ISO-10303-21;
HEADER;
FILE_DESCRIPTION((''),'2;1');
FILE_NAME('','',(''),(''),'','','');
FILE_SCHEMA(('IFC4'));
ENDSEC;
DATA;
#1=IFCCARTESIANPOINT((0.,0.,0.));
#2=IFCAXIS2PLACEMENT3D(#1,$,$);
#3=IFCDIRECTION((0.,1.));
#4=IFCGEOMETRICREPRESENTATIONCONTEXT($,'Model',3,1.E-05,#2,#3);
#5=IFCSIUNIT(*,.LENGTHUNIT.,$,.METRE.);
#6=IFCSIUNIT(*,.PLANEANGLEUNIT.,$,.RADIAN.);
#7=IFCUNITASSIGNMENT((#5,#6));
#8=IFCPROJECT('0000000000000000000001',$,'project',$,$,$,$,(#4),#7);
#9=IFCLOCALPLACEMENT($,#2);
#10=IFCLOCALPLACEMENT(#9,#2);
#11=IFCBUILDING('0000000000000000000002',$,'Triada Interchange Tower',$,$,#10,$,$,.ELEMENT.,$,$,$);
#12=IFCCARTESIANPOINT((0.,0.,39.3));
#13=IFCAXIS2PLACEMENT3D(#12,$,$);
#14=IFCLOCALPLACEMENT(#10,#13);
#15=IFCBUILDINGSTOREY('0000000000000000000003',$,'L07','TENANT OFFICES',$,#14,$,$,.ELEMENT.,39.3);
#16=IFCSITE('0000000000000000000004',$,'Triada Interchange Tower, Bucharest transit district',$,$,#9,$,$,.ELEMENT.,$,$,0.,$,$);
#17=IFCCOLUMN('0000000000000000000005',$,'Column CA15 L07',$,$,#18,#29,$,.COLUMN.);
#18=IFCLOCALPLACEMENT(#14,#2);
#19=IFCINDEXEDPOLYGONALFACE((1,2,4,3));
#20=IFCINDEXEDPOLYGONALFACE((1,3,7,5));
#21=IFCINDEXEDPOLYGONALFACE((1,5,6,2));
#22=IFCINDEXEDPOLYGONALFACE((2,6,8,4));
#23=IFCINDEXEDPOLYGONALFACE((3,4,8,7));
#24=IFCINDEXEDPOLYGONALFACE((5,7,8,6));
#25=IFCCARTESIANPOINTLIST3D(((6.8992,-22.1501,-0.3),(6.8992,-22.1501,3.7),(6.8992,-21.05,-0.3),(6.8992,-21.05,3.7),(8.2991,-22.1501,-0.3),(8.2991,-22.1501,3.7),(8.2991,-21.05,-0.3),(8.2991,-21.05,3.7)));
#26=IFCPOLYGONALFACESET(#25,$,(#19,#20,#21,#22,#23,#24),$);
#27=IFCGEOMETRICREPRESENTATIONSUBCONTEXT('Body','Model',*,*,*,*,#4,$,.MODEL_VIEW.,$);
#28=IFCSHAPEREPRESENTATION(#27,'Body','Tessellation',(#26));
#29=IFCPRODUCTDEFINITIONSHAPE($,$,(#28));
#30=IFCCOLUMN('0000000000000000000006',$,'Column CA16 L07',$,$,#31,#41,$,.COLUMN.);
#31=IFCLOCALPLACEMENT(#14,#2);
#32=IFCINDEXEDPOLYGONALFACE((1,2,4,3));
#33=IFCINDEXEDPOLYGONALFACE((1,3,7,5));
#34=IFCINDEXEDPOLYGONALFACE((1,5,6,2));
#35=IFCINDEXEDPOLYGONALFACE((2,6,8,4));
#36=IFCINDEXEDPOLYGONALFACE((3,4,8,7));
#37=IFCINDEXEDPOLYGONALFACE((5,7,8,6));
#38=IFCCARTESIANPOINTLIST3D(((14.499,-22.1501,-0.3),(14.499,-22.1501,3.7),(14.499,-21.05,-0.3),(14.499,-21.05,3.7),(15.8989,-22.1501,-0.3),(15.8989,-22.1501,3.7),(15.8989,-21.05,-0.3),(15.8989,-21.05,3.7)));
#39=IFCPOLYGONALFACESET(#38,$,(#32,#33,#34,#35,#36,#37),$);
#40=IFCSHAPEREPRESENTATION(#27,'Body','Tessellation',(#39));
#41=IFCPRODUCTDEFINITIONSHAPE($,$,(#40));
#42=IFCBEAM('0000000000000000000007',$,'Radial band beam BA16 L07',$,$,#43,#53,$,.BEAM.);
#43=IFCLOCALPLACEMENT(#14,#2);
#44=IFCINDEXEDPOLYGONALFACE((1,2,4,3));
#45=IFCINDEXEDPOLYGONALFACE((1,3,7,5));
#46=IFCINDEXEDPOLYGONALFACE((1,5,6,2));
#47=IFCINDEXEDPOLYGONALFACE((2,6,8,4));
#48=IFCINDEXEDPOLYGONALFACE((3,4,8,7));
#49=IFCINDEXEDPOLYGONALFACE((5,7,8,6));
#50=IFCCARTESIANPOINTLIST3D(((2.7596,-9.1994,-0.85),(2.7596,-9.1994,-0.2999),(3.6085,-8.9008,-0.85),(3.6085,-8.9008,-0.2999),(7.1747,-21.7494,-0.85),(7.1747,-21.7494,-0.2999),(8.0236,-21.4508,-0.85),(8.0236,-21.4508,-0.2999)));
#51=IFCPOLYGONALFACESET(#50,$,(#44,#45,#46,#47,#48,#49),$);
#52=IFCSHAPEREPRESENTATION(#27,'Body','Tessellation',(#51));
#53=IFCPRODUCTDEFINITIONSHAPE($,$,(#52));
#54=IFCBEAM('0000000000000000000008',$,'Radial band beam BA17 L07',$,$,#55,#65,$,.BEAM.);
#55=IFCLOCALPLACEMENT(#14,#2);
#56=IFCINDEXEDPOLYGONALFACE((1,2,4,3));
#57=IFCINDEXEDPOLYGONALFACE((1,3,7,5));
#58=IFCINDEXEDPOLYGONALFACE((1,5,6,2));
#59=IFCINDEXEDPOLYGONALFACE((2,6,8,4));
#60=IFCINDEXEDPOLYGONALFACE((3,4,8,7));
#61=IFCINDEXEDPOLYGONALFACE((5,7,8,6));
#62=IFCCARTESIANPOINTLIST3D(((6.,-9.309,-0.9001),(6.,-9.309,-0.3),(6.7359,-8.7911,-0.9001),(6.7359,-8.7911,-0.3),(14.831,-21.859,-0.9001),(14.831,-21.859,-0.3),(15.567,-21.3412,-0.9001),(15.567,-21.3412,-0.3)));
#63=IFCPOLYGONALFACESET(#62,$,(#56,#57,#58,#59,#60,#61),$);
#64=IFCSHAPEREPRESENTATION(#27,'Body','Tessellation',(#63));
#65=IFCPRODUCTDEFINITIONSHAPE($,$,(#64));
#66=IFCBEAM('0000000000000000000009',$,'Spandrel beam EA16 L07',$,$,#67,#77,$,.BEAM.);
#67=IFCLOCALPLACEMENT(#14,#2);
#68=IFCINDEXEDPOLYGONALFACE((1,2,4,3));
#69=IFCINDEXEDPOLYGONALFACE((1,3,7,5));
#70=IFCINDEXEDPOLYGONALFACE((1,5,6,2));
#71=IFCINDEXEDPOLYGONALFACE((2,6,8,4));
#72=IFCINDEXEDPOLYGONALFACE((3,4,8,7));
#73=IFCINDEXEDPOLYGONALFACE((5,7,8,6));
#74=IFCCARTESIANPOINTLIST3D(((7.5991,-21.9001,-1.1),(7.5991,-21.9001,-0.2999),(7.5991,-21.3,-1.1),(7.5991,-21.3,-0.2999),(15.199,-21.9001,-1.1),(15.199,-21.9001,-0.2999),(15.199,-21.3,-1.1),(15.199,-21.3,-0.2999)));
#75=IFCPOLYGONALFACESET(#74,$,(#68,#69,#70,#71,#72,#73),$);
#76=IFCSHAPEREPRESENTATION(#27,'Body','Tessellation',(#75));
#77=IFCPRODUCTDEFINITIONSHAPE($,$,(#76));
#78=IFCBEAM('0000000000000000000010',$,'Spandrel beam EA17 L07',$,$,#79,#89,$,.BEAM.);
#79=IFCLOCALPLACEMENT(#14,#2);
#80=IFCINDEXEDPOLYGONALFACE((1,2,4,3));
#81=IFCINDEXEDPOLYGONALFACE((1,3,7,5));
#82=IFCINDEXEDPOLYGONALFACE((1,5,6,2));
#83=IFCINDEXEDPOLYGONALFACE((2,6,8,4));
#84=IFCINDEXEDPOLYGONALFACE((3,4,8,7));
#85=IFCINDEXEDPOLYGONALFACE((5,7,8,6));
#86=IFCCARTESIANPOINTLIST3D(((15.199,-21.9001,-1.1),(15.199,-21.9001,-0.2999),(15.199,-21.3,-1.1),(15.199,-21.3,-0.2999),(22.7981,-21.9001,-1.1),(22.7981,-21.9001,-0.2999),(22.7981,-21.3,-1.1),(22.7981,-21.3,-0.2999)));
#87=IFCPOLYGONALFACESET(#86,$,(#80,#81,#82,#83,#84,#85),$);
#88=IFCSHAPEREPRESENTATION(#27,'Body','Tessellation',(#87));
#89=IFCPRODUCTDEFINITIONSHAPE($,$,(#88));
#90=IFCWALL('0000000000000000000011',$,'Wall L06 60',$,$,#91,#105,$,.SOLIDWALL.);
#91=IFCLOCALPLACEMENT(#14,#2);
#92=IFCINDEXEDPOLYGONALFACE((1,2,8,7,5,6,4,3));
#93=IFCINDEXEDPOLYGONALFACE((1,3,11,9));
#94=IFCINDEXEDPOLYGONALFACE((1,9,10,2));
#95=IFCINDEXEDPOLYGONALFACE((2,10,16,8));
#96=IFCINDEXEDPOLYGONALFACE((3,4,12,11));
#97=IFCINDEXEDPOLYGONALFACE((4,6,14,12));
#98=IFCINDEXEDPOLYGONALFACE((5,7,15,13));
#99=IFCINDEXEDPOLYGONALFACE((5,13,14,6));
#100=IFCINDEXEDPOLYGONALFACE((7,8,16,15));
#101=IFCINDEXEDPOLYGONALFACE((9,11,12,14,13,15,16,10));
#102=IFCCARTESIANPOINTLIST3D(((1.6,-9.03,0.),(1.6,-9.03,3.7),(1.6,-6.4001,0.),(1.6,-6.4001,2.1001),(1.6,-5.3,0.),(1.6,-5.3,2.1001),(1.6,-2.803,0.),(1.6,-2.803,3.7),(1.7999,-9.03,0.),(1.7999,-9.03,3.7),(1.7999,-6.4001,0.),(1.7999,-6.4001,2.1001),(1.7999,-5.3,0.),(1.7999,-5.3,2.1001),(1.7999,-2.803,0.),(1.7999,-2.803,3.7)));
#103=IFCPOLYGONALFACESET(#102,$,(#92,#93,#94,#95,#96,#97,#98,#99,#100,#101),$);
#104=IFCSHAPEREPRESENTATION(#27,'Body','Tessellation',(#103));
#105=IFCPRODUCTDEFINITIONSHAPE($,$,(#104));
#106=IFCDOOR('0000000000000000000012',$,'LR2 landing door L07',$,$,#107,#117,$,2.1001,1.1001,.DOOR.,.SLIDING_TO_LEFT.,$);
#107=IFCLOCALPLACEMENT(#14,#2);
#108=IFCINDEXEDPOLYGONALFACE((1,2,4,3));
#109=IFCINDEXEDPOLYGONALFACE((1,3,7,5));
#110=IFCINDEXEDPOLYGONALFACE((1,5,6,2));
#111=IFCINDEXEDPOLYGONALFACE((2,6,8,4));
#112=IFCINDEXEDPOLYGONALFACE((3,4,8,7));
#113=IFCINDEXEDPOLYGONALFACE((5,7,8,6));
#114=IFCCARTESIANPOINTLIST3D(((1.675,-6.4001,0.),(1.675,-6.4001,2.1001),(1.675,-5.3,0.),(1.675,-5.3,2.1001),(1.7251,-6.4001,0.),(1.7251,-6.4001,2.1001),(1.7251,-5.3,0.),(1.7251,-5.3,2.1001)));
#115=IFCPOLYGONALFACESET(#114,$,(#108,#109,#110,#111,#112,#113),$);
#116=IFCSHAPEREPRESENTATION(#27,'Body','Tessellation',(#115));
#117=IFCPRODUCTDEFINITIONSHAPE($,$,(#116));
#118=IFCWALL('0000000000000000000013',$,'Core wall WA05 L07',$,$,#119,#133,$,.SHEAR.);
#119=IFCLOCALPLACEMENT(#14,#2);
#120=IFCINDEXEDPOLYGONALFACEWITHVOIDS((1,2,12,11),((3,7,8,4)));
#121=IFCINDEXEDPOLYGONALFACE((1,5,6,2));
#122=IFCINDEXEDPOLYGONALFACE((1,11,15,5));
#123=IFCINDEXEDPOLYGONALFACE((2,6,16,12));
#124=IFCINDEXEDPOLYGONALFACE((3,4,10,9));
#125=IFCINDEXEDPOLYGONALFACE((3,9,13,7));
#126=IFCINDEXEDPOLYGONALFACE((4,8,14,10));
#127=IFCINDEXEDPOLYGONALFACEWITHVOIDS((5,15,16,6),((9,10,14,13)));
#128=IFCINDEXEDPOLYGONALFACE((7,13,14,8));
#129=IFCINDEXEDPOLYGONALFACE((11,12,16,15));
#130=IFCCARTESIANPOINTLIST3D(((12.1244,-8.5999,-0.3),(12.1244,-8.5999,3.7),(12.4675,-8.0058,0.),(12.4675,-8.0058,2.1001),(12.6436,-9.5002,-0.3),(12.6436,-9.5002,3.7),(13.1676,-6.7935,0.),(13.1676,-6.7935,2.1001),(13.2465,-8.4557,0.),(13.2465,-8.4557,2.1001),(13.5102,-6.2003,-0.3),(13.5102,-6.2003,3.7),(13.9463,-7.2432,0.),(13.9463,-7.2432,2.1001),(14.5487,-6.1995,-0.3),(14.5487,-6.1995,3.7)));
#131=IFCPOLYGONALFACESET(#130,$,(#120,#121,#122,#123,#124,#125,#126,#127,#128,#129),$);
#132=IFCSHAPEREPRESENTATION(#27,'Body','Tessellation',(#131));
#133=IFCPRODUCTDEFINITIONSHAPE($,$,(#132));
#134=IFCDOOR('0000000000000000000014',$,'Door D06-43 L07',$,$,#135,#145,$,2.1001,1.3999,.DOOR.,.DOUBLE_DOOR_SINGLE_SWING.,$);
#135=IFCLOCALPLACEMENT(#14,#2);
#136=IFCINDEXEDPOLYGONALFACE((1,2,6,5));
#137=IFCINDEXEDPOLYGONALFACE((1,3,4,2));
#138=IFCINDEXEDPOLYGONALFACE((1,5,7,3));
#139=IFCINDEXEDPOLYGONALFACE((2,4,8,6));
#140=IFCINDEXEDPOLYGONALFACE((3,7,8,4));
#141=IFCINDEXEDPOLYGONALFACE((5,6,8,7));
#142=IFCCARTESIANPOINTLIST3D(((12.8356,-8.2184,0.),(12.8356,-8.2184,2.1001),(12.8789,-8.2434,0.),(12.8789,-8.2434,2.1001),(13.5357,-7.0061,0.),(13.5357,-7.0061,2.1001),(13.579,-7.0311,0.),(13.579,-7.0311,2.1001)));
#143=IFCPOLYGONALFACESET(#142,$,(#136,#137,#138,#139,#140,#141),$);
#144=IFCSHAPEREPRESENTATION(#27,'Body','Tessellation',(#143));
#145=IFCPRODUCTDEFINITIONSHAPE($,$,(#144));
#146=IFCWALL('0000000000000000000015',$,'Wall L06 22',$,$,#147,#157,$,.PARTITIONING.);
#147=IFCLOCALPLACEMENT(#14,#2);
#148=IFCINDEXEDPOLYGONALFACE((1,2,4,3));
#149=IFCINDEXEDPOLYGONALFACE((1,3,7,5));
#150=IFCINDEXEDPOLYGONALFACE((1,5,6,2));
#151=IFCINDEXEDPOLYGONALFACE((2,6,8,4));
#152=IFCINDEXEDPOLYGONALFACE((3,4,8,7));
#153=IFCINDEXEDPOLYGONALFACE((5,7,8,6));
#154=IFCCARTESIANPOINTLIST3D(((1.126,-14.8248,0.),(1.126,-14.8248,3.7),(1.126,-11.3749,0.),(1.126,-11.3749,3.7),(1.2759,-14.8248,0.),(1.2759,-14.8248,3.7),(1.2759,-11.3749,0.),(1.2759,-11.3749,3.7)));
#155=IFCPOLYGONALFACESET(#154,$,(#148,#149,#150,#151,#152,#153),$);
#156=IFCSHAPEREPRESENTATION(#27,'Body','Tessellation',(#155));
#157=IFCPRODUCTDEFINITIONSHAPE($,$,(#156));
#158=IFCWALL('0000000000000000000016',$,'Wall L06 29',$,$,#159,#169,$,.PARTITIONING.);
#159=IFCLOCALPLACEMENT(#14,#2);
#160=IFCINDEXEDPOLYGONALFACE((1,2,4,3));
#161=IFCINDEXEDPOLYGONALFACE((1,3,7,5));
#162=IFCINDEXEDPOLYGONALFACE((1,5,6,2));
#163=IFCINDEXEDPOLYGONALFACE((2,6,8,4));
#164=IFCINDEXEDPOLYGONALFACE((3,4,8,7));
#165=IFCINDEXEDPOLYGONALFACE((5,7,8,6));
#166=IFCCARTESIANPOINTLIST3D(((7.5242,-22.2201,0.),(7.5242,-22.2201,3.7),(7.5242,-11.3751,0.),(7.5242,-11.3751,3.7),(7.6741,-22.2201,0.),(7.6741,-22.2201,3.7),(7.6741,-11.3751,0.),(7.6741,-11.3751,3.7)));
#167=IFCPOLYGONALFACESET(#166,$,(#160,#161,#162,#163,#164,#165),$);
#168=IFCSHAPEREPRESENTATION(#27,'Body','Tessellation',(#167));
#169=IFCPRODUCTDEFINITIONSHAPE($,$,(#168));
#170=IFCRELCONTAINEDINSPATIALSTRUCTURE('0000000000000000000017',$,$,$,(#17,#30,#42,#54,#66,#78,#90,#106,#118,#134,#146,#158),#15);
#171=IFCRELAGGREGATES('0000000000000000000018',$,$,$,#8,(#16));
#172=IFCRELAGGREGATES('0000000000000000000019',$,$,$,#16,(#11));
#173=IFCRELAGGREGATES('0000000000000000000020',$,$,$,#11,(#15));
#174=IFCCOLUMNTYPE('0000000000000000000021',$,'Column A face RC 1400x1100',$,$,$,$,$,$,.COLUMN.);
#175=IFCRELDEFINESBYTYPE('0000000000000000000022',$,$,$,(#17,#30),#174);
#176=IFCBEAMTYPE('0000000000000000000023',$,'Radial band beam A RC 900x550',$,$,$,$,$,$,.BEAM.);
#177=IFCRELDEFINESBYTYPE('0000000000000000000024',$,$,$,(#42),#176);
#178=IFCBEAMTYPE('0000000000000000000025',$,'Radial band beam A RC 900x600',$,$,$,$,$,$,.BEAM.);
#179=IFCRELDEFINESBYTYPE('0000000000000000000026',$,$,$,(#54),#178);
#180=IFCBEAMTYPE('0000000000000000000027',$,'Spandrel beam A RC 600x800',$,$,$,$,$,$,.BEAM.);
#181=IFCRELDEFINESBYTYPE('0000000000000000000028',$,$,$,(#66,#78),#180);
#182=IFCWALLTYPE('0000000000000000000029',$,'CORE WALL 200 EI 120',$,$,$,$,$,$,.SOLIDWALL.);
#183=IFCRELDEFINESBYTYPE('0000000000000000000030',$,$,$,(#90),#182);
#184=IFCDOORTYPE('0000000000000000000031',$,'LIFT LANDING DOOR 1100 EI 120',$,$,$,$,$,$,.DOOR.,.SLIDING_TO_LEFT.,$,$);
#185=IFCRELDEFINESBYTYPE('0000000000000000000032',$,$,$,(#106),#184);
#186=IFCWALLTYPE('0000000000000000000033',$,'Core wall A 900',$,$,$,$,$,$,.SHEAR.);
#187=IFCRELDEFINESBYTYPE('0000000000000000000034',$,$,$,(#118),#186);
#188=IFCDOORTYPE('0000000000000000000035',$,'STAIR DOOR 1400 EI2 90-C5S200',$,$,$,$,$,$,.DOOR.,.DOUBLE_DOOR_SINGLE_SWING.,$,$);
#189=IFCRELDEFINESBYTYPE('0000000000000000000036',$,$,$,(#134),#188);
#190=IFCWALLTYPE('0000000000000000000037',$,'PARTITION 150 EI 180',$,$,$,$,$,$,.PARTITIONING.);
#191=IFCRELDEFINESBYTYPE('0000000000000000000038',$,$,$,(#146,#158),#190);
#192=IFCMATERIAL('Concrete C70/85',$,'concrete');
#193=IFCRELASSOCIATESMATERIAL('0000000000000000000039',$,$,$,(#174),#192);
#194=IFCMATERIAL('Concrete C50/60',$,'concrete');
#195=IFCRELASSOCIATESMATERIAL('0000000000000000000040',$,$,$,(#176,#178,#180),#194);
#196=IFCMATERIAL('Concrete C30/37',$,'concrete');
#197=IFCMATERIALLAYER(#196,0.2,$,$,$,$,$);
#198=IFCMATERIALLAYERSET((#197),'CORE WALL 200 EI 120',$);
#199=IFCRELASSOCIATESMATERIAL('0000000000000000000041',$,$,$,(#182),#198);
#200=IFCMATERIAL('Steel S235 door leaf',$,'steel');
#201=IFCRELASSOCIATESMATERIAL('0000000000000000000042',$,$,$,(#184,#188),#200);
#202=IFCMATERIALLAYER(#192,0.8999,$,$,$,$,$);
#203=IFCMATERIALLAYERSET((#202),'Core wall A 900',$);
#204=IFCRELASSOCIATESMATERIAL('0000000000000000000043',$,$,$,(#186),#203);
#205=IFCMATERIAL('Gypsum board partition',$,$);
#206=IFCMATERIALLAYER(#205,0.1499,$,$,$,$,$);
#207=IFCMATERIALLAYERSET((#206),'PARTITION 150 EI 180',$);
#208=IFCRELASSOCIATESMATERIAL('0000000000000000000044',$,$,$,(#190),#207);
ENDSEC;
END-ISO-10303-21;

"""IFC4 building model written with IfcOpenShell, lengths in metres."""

from ifc_helpers import new_model, si_unit, direction, frame, frame_2d, origin, origin_2d, place, context, subcontext, project, spatial, polyline, rectangle, outline, extrude, material, layer, layer_set, material_profile, profile_set, type_object, element, fill, save


model = new_model("IFC4")

# Units and contexts
model_context = context("Model", 3, precision=1e-05, world=origin(), true_north=direction((0.0, 1.0)))
body_context = subcontext(model_context, "Body", "Model", "MODEL_VIEW")
ifc_project = project(units=[si_unit("LENGTHUNIT", "METRE"), si_unit("PLANEANGLEUNIT", "RADIAN")], contexts=[model_context])

# Site, building, storey
site_placement = place(None, origin())
site = spatial("IfcSite", under=ifc_project, at=site_placement, Name="Triada Interchange Tower, Bucharest transit district", CompositionType="ELEMENT", RefElevation=0.0)
building_placement = place(site_placement, origin())
building = spatial("IfcBuilding", under=site, at=building_placement, Name="Triada Interchange Tower", CompositionType="ELEMENT")
storey_placement = place(building_placement, frame((0.0, 0.0, 39.3)))
storey = spatial("IfcBuildingStorey", under=building, at=storey_placement, Name="L07", Description="TENANT OFFICES", CompositionType="ELEMENT", Elevation=39.3)

# Columns
ifc_material_1 = material(Name="Concrete C70/85", Category="concrete")
ifc_material_profile_1 = material_profile(ifc_material_1, rectangle(XDim=1.3999, YDim=1.1001, at=origin_2d()), Name="RC 1400x1100")
ifc_profile_set_1 = profile_set([ifc_material_profile_1], Name="Concrete C70/85")
column_type = type_object("IfcColumnType", Name="Column A face RC 1400x1100", PredefinedType="COLUMN", material=ifc_profile_set_1)
for number, where, z_axis, x_axis, name in (
    (1, (7.5991, -21.6001, -0.3), (0.0, 0.0, 1.0), (1.0, 0.0, 0.0), "Column CA15 L07"),
    (2, (15.199, -21.6001, -0.3), (0.0, 0.0, 1.0), (1.0, 0.0, 0.0), "Column CA16 L07"),
):
    element("IfcColumn", number, at=place(storey_placement, frame(where, z_axis=z_axis, x_axis=x_axis)), inside=storey, type_object=column_type, Name=name, PredefinedType="COLUMN", context=body_context, shape_type="SweptSolid", body=[
        extrude(rectangle(XDim=1.3999, YDim=1.1001, at=origin_2d()), origin(), (0.0, 0.0, 1.0), 4.0),
    ])

# Beams
ifc_material_2 = material(Name="Concrete C50/60", Category="concrete")
ifc_material_profile_2 = material_profile(ifc_material_2, rectangle(XDim=0.8999, YDim=0.55, at=origin_2d()), Name="RC 900x550")
ifc_profile_set_2 = profile_set([ifc_material_profile_2], Name="Concrete C50/60")
beam_type_1 = type_object("IfcBeamType", Name="Radial band beam A RC 900x550", PredefinedType="BEAM", material=ifc_profile_set_2)
beam_1_placement = place(storey_placement, frame((7.5991, -21.6001, -0.575), z_axis=(-0.331858, 0.943329, 0.0), x_axis=(-0.943329, -0.331858, 0.0)))
element("IfcBeam", 3, at=beam_1_placement, inside=storey, type_object=beam_type_1, Name="Radial band beam BA16 L07", PredefinedType="BEAM", context=body_context, shape_type="SweptSolid", body=[
    extrude(rectangle(XDim=0.8999, YDim=0.55, at=origin_2d()), origin(), (0.0, 0.0, 1.0), 13.304),
])
ifc_material_profile_3 = material_profile(ifc_material_2, rectangle(XDim=0.8999, YDim=0.6001, at=origin_2d()), Name="RC 900x600")
ifc_profile_set_3 = profile_set([ifc_material_profile_3], Name="Concrete C50/60")
beam_type_2 = type_object("IfcBeamType", Name="Radial band beam A RC 900x600", PredefinedType="BEAM", material=ifc_profile_set_3)
beam_2_placement = place(storey_placement, frame((15.199, -21.6001, -0.6001), z_axis=(-0.575473, 0.817821, 0.0), x_axis=(-0.817821, -0.575473, 0.0)))
element("IfcBeam", 4, at=beam_2_placement, inside=storey, type_object=beam_type_2, Name="Radial band beam BA17 L07", PredefinedType="BEAM", context=body_context, shape_type="SweptSolid", body=[
    extrude(rectangle(XDim=0.8999, YDim=0.6001, at=origin_2d()), origin(), (0.0, 0.0, 1.0), 15.3457),
])
ifc_material_profile_4 = material_profile(ifc_material_2, rectangle(XDim=0.6001, YDim=0.8, at=origin_2d()), Name="RC 600x800")
ifc_profile_set_4 = profile_set([ifc_material_profile_4], Name="Concrete C50/60")
beam_type_3 = type_object("IfcBeamType", Name="Spandrel beam A RC 600x800", PredefinedType="BEAM", material=ifc_profile_set_4)
beam_3_placement = place(storey_placement, frame((7.5991, -21.6001, -0.7), z_axis=(1.0, 0.0, 0.0), x_axis=(0.0, 1.0, 0.0)))
element("IfcBeam", 5, at=beam_3_placement, inside=storey, type_object=beam_type_3, Name="Spandrel beam EA16 L07", PredefinedType="BEAM", context=body_context, shape_type="SweptSolid", body=[
    extrude(rectangle(XDim=0.6001, YDim=0.8, at=origin_2d()), origin(), (0.0, 0.0, 1.0), 7.5999),
])
beam_4_placement = place(storey_placement, frame((15.199, -21.6001, -0.7), z_axis=(1.0, 0.0, 0.0), x_axis=(0.0, 1.0, 0.0)))
element("IfcBeam", 6, at=beam_4_placement, inside=storey, type_object=beam_type_3, Name="Spandrel beam EA17 L07", PredefinedType="BEAM", context=body_context, shape_type="SweptSolid", body=[
    extrude(rectangle(XDim=0.6001, YDim=0.8, at=origin_2d()), origin(), (0.0, 0.0, 1.0), 7.5991),
])

# Walls, openings, doors
ifc_material_3 = material(Name="Concrete C30/37", Category="concrete")
ifc_layer_1 = layer(ifc_material_3, 0.2)
ifc_layer_set_1 = layer_set([ifc_layer_1], Name="CORE WALL 200 EI 120")
wall_type_1 = type_object("IfcWallType", Name="CORE WALL 200 EI 120", PredefinedType="SOLIDWALL", material=ifc_layer_set_1)
wall_1_placement = place(storey_placement, frame((1.7, -9.03, 0.0), z_axis=(0.0, 0.0, 1.0), x_axis=(0.0, 1.0, 0.0)))
wall_1 = element("IfcWall", 7, at=wall_1_placement, inside=storey, type_object=wall_type_1, Name="Wall L06 60", PredefinedType="SOLIDWALL", context=body_context, shape_type="SweptSolid", body=[
    extrude(rectangle(XDim=6.2271, YDim=0.2, at=frame_2d((3.1135, 0.0))), origin(), (0.0, 0.0, 1.0), 3.7),
])
opening_1_placement = place(wall_1_placement, frame((2.6299, 0.0, 0.0)))
opening_1 = element("IfcOpeningElement", 8, at=opening_1_placement, cuts=wall_1, PredefinedType="OPENING", context=body_context, shape_type="SweptSolid", body=[
    extrude(rectangle(XDim=1.1001, YDim=2.1001, at=frame_2d((0.55, 1.05))), frame((0.0, 0.1099, 0.0), z_axis=(0.0, -1.0, 0.0), x_axis=(1.0, 0.0, 0.0)), (0.0, 0.0, 1.0), 0.22),
])
ifc_material_4 = material(Name="Steel S235 door leaf", Category="steel")
door_type_1 = type_object("IfcDoorType", Name="LIFT LANDING DOOR 1100 EI 120", OperationType="SLIDING_TO_LEFT", PredefinedType="DOOR", material=ifc_material_4)
door_1_placement = place(opening_1_placement, origin())
door_1 = element("IfcDoor", 9, at=door_1_placement, inside=storey, type_object=door_type_1, Name="LR2 landing door L07", OperationType="SLIDING_TO_LEFT", OverallHeight=2.1001, OverallWidth=1.1001, PredefinedType="DOOR", context=body_context, shape_type="SweptSolid", body=[
    extrude(rectangle(XDim=1.1001, YDim=2.1001, at=frame_2d((0.55, 1.05))), frame((0.0, 0.0249, 0.0), z_axis=(0.0, -1.0, 0.0), x_axis=(1.0, 0.0, 0.0)), (0.0, 0.0, 1.0), 0.05),
])
fill(opening_1, door_1)
ifc_layer_2 = layer(ifc_material_1, 0.8999)
ifc_layer_set_2 = layer_set([ifc_layer_2], Name="Core wall A 900")
wall_type_2 = type_object("IfcWallType", Name="Core wall A 900", PredefinedType="SHEAR", material=ifc_layer_set_2)
wall_2_placement = place(storey_placement, frame((12.384, -9.05, -0.3), z_axis=(0.0, 0.0, 1.0), x_axis=(0.500112, 0.865961, 0.0)))
wall_2 = element("IfcWall", 10, at=wall_2_placement, inside=storey, type_object=wall_type_2, Name="Core wall WA05 L07", PredefinedType="SHEAR", context=body_context, shape_type="SweptSolid", body=[
    extrude(outline(polyline([(-0.26, -0.45), (1.6455, -0.4495), (3.551, -0.449), (3.031, 0.45), (1.6455, 0.45), (0.26, 0.45), (-0.26, -0.45)])), origin(), (0.0, 0.0, 1.0), 4.0),
])
opening_2_placement = place(wall_2_placement, frame((0.946, 0.0, 0.3)))
opening_2 = element("IfcOpeningElement", 11, at=opening_2_placement, cuts=wall_2, PredefinedType="OPENING", context=body_context, shape_type="SweptSolid", body=[
    extrude(rectangle(XDim=1.3999, YDim=2.1001, at=frame_2d((0.7, 1.05))), frame((0.0, 0.46, 0.0), z_axis=(0.0, -1.0, 0.0), x_axis=(1.0, 0.0, 0.0)), (0.0, 0.0, 1.0), 0.9199),
])
door_type_2 = type_object("IfcDoorType", Name="STAIR DOOR 1400 EI2 90-C5S200", OperationType="DOUBLE_DOOR_SINGLE_SWING", PredefinedType="DOOR", material=ifc_material_4)
door_2_placement = place(opening_2_placement, origin())
door_2 = element("IfcDoor", 12, at=door_2_placement, inside=storey, type_object=door_type_2, Name="Door D06-43 L07", OperationType="DOUBLE_DOOR_SINGLE_SWING", OverallHeight=2.1001, OverallWidth=1.3999, PredefinedType="DOOR", context=body_context, shape_type="SweptSolid", body=[
    extrude(rectangle(XDim=1.3999, YDim=2.1001, at=frame_2d((0.7, 1.05))), frame((0.0, 0.0249, 0.0), z_axis=(0.0, -1.0, 0.0), x_axis=(1.0, 0.0, 0.0)), (0.0, 0.0, 1.0), 0.05),
])
fill(opening_2, door_2)

# Walls
ifc_material_5 = material(Name="Gypsum board partition")
ifc_layer_3 = layer(ifc_material_5, 0.1499)
ifc_layer_set_3 = layer_set([ifc_layer_3], Name="PARTITION 150 EI 180")
wall_type_3 = type_object("IfcWallType", Name="PARTITION 150 EI 180", PredefinedType="PARTITIONING", material=ifc_layer_set_3)
wall_3_placement = place(storey_placement, frame((1.2009, -14.825, 0.0), z_axis=(0.0, 0.0, 1.0), x_axis=(0.0, 1.0, 0.0)))
element("IfcWall", 13, at=wall_3_placement, inside=storey, type_object=wall_type_3, Name="Wall L06 22", PredefinedType="PARTITIONING", context=body_context, shape_type="SweptSolid", body=[
    extrude(rectangle(XDim=3.45, YDim=0.1499, at=frame_2d((1.7251, 0.0))), origin(), (0.0, 0.0, 1.0), 3.7),
])
wall_4_placement = place(storey_placement, frame((7.5991, -22.22, 0.0), z_axis=(0.0, 0.0, 1.0), x_axis=(0.0, 1.0, 0.0)))
element("IfcWall", 14, at=wall_4_placement, inside=storey, type_object=wall_type_3, Name="Wall L06 29", PredefinedType="PARTITIONING", context=body_context, shape_type="SweptSolid", body=[
    extrude(rectangle(XDim=10.845, YDim=0.1499, at=frame_2d((5.4224, 0.0))), origin(), (0.0, 0.0, 1.0), 3.7),
])

save(model, "model.ifc")
